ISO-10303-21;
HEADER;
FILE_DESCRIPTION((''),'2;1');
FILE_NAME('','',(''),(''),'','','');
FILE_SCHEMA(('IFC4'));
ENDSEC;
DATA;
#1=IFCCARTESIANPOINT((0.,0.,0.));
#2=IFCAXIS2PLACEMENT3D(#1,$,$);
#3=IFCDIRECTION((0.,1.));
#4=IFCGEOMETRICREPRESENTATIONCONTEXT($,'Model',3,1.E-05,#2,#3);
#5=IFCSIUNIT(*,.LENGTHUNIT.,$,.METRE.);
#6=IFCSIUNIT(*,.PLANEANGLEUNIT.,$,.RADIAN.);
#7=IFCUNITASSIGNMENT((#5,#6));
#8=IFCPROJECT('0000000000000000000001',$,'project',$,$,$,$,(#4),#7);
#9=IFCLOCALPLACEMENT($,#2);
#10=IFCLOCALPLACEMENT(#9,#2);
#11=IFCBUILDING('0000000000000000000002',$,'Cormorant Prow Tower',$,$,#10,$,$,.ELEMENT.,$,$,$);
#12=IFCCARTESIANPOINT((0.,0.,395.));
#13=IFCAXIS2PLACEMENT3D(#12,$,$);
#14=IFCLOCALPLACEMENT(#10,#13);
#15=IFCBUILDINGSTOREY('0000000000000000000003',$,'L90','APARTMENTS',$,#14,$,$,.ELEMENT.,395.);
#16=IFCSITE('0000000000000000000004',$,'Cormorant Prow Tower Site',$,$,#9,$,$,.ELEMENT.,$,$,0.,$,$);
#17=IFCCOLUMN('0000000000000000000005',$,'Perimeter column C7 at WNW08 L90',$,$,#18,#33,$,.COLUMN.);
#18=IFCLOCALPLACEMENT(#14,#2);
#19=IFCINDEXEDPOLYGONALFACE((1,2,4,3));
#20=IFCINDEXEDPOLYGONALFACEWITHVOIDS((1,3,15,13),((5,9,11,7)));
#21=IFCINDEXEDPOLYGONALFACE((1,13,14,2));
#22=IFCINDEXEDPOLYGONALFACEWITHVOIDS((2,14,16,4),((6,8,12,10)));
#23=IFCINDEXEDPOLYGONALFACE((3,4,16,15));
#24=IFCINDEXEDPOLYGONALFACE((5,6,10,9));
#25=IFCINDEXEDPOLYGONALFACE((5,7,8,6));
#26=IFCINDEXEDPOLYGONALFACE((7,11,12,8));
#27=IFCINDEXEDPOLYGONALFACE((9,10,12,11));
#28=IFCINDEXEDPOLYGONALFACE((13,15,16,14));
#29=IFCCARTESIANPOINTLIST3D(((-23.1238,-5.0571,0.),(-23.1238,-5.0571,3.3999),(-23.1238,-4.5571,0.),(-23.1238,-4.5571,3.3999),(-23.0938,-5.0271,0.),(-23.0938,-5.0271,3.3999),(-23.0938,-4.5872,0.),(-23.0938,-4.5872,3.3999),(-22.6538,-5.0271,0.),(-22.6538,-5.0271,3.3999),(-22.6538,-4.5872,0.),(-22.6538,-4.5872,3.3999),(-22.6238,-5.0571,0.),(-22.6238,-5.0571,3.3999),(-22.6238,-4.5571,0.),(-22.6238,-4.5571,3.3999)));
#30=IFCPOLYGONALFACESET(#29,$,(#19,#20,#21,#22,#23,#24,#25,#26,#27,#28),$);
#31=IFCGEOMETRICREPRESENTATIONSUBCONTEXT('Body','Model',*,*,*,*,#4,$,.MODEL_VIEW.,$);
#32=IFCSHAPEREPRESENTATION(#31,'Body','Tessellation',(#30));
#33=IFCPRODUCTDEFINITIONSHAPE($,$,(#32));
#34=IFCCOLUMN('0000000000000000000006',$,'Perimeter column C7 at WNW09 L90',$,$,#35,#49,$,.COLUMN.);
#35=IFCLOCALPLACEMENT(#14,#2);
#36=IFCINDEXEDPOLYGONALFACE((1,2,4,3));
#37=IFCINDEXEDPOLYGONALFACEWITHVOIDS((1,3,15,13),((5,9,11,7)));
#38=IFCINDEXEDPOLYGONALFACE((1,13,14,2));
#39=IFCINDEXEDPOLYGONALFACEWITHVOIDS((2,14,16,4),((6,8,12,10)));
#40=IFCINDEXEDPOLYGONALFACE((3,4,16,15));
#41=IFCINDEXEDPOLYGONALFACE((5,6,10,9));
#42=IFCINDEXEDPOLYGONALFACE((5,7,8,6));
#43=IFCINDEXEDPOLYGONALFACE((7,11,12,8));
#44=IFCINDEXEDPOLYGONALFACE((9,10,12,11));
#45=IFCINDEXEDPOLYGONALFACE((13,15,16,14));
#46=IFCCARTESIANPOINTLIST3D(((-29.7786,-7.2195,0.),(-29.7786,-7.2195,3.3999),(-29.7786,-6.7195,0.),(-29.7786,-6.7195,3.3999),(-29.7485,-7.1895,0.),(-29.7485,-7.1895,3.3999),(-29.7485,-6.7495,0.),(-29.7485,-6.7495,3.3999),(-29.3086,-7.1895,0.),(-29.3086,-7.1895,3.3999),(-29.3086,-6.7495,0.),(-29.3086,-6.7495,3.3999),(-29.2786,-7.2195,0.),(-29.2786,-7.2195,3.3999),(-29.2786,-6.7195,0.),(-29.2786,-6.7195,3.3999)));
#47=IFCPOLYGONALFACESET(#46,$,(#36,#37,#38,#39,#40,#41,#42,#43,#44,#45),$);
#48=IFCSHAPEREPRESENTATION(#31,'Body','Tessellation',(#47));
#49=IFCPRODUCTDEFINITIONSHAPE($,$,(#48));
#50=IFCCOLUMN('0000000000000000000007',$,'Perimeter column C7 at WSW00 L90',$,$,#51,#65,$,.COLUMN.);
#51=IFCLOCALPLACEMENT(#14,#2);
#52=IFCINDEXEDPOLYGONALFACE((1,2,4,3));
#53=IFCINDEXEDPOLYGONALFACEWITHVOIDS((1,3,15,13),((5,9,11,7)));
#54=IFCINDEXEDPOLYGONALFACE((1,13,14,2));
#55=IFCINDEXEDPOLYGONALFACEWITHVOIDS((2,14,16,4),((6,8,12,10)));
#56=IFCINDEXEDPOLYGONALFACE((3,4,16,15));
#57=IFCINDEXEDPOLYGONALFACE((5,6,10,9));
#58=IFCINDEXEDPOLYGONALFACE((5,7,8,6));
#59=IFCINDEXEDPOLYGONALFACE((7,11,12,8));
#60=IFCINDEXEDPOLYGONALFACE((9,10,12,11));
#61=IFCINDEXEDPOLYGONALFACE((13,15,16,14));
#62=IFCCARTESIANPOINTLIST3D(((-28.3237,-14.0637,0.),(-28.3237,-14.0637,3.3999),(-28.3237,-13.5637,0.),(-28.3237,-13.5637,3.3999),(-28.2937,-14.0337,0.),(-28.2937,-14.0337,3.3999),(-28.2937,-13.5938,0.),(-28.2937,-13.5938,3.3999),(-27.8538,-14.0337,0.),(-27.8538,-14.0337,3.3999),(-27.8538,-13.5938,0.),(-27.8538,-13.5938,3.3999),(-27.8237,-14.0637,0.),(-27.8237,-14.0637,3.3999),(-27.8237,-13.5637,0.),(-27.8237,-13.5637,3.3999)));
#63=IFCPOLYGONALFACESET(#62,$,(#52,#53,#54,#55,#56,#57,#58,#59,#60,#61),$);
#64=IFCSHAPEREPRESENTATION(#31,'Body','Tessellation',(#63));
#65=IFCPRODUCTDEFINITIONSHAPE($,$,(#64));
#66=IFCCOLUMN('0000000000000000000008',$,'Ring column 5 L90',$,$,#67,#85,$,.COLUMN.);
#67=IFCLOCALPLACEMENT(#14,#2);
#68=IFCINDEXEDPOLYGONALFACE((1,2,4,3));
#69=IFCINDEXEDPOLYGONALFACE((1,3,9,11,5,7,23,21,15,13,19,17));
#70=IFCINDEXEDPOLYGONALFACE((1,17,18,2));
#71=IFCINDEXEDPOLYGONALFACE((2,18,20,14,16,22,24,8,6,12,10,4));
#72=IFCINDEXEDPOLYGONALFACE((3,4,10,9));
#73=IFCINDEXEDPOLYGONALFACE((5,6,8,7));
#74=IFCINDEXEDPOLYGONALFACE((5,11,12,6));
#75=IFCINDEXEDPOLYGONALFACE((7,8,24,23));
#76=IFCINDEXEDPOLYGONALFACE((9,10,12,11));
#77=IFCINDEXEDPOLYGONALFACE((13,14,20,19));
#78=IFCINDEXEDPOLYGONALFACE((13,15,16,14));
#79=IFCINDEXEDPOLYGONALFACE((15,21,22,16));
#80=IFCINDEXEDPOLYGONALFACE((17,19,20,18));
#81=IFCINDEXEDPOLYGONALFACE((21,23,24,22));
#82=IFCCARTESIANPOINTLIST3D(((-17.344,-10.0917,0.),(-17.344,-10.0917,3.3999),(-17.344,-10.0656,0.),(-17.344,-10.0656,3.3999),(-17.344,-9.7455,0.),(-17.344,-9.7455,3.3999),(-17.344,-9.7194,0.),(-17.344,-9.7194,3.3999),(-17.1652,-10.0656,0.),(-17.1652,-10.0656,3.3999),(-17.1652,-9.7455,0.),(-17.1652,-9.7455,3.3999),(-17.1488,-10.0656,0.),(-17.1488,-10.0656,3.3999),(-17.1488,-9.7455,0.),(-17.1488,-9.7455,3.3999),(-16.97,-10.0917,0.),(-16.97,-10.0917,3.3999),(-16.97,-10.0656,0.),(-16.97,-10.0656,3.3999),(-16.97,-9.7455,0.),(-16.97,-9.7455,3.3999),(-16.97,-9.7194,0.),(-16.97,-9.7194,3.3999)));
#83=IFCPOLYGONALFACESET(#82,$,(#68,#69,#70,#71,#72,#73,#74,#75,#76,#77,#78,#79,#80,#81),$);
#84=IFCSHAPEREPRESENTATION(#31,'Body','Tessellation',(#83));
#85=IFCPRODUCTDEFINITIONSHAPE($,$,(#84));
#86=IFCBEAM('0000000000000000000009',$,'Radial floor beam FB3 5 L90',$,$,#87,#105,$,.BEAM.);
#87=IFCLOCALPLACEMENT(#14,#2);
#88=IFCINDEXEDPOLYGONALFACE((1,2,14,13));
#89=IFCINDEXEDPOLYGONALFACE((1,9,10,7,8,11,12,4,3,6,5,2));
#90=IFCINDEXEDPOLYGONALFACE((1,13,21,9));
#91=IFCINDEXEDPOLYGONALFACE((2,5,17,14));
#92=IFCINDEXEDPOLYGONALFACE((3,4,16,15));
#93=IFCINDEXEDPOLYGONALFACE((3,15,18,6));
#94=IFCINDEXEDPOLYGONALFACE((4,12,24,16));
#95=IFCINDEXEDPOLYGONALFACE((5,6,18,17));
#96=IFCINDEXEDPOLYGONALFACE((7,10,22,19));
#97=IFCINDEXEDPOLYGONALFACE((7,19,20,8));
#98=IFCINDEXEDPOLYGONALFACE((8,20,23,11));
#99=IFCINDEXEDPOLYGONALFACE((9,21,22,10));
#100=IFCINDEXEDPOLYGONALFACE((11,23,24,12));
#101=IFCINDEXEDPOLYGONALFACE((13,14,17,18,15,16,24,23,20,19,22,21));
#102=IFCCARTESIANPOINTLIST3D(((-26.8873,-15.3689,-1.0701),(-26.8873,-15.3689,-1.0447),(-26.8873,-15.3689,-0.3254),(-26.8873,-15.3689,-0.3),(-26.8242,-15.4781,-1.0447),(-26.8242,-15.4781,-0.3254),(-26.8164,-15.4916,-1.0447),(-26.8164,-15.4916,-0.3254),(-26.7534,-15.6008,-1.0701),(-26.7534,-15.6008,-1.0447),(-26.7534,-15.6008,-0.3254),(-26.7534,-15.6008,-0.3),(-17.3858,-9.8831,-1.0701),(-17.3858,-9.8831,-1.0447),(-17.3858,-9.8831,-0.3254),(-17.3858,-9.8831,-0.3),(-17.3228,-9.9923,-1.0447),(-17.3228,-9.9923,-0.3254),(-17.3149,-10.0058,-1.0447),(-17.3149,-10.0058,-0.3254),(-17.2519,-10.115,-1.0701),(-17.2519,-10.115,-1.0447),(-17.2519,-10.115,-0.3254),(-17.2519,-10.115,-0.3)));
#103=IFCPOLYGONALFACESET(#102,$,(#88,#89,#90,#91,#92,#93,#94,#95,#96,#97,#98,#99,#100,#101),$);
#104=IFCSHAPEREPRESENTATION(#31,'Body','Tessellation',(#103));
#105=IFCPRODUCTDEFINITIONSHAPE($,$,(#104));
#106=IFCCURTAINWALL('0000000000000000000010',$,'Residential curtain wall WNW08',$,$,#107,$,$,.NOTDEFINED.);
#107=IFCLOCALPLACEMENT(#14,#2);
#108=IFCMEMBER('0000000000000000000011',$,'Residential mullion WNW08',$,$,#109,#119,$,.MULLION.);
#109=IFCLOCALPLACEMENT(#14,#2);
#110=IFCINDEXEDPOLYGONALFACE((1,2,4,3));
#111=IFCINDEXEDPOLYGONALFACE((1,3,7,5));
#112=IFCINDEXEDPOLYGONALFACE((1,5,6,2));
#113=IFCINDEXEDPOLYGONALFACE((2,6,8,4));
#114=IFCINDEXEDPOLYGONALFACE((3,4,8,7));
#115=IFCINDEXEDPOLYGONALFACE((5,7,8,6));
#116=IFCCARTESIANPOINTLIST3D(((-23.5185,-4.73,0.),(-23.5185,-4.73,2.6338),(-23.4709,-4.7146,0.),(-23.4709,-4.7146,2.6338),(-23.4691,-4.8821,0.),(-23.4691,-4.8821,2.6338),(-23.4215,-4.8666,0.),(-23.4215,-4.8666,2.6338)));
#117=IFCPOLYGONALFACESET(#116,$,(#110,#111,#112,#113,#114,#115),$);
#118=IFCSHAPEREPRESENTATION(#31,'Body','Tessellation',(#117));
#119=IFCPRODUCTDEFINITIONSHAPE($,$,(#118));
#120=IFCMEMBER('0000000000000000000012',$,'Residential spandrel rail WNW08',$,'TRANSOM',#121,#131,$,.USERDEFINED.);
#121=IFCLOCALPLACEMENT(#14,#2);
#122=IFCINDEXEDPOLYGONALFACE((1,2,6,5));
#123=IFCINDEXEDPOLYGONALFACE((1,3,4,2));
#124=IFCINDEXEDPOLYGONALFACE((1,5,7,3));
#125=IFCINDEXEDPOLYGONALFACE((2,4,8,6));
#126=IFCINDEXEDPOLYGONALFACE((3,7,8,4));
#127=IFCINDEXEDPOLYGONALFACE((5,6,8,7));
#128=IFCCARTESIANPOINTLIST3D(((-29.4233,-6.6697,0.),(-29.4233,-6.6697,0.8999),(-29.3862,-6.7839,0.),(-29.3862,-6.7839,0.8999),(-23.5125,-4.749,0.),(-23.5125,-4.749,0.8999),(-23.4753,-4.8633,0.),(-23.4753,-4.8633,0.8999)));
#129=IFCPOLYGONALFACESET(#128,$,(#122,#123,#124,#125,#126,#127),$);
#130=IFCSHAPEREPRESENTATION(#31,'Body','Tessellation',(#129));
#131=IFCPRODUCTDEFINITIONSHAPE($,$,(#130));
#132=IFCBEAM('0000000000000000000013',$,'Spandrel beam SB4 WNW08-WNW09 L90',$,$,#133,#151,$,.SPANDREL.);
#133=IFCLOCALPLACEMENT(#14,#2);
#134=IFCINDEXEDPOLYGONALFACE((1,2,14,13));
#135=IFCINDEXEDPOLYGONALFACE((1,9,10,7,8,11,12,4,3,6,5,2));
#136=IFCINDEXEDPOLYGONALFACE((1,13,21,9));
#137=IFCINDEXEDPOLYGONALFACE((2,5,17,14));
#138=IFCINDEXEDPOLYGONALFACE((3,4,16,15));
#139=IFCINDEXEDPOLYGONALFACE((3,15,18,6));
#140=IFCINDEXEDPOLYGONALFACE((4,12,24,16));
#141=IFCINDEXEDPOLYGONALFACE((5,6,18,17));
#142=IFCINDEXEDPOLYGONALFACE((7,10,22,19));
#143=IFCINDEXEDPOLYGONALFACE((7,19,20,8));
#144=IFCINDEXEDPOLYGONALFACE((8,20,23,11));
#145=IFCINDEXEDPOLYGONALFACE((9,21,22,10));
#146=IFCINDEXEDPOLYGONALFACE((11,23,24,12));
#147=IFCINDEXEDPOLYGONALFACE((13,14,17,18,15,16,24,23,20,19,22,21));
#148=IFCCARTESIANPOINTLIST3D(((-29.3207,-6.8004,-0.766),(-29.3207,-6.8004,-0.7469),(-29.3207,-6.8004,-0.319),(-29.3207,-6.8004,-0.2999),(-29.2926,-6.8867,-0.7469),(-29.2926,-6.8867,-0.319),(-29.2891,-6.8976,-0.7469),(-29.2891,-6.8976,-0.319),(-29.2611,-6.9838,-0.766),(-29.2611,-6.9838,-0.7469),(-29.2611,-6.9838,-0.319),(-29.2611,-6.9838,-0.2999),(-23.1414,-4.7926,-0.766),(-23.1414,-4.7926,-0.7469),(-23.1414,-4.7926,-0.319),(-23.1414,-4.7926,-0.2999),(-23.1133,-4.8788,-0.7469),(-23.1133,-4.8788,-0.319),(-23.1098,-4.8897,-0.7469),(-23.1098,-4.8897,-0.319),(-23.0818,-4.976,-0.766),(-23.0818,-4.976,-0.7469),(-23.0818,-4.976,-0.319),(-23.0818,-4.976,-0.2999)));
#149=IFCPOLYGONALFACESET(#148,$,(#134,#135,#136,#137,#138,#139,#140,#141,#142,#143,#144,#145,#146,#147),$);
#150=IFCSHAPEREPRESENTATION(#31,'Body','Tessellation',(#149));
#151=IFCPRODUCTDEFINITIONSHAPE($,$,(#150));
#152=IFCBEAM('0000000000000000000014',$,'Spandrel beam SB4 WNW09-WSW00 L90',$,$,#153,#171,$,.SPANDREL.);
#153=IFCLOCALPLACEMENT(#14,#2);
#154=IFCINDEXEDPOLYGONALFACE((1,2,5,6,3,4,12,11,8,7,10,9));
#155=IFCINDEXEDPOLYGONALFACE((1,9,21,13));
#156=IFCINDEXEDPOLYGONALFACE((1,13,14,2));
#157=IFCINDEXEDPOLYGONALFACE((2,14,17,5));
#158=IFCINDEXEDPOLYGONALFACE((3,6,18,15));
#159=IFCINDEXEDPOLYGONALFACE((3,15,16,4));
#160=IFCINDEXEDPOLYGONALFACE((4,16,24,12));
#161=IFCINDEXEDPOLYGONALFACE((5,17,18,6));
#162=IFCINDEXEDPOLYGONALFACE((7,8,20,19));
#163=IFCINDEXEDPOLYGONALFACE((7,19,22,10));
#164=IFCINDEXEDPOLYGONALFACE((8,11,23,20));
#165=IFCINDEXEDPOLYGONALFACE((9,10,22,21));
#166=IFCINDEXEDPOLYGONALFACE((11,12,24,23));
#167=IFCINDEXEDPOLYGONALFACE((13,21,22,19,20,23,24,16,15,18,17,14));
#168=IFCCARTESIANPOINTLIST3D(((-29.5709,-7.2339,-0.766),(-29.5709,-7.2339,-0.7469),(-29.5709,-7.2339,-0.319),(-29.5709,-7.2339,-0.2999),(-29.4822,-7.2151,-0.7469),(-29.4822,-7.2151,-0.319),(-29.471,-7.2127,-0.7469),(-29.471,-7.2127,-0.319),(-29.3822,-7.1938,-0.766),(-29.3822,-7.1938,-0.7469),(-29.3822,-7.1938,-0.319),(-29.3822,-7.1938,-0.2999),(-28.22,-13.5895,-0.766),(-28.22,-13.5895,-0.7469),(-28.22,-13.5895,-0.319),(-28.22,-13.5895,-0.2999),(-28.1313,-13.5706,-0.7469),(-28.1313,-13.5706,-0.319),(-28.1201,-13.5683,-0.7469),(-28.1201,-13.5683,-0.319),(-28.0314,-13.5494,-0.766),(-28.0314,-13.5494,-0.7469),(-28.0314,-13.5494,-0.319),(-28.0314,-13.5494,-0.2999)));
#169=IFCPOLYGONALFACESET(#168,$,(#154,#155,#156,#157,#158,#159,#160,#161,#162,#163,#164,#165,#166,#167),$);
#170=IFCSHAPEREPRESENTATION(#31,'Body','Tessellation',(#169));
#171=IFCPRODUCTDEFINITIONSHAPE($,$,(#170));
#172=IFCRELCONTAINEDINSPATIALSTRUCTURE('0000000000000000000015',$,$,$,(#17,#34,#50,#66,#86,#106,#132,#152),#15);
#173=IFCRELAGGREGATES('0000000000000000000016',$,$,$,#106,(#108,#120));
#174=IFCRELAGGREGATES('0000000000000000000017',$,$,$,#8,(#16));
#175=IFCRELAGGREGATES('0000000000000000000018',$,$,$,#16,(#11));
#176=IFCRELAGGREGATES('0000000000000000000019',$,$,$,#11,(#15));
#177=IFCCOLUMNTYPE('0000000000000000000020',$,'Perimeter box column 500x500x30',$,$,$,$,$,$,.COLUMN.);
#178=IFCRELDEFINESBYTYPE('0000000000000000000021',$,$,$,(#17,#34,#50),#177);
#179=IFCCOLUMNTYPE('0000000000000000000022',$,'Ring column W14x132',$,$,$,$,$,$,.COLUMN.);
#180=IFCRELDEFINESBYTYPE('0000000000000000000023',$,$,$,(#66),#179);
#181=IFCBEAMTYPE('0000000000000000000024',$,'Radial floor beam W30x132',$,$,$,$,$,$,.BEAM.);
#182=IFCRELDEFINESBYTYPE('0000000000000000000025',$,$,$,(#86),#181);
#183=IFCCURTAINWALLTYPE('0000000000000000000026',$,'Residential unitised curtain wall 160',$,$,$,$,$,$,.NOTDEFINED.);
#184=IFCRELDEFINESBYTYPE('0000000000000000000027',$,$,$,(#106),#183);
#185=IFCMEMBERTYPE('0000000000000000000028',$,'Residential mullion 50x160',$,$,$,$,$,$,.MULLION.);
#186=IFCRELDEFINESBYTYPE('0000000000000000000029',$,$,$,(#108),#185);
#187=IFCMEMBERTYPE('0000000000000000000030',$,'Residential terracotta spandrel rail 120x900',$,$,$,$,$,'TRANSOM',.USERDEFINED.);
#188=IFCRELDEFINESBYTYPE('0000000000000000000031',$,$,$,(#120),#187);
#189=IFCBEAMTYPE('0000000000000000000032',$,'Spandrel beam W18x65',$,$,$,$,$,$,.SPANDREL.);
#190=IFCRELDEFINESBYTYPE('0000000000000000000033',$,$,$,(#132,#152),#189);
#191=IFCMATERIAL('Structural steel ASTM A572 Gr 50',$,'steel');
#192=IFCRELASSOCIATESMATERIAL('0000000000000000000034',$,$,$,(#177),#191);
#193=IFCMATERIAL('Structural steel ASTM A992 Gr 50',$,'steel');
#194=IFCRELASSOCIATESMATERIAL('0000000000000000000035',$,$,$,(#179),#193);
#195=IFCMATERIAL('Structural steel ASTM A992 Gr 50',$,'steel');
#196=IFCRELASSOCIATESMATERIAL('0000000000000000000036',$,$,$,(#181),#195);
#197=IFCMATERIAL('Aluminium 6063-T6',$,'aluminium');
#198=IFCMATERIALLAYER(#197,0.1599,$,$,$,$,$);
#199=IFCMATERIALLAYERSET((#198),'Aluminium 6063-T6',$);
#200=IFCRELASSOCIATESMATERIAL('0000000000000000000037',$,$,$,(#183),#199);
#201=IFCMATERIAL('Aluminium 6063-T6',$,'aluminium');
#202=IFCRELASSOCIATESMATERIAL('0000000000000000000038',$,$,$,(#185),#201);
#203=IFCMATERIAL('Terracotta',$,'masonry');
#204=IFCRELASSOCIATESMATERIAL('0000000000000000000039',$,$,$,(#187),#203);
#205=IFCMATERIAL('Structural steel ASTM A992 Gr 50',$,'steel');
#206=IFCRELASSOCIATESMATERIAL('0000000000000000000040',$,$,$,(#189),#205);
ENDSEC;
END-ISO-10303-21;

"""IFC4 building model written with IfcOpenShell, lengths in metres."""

from ifc_helpers import new_model, si_unit, direction, frame, origin, origin_2d, place, context, subcontext, project, spatial, rectangle, hollow_rectangle, i_section, extrude, material, layer, layer_set, material_profile, profile_set, type_object, element, aggregate, save


model = new_model("IFC4")

# Units and contexts
model_context = context("Model", 3, precision=1e-05, world=origin(), true_north=direction((0.0, 1.0)))
body_context = subcontext(model_context, "Body", "Model", "MODEL_VIEW")
ifc_project = project(units=[si_unit("LENGTHUNIT", "METRE"), si_unit("PLANEANGLEUNIT", "RADIAN")], contexts=[model_context])

# Site, building, storey
site_placement = place(None, origin())
site = spatial("IfcSite", under=ifc_project, at=site_placement, Name="Cormorant Prow Tower Site", CompositionType="ELEMENT", RefElevation=0.0)
building_placement = place(site_placement, origin())
building = spatial("IfcBuilding", under=site, at=building_placement, Name="Cormorant Prow Tower", CompositionType="ELEMENT")
storey_placement = place(building_placement, frame((0.0, 0.0, 395.0)))
storey = spatial("IfcBuildingStorey", under=building, at=storey_placement, Name="L90", Description="APARTMENTS", CompositionType="ELEMENT", Elevation=395.0)

# Columns
ifc_material_1 = material(Name="Structural steel ASTM A572 Gr 50", Category="steel")
ifc_material_profile_1 = material_profile(ifc_material_1, hollow_rectangle(XDim=0.5, YDim=0.5, WallThickness=0.03, at=origin_2d()), Name="Box 500x500x30")
ifc_profile_set_1 = profile_set([ifc_material_profile_1], Name="Structural steel ASTM A572 Gr 50")
column_type_1 = type_object("IfcColumnType", Name="Perimeter box column 500x500x30", PredefinedType="COLUMN", material=ifc_profile_set_1)
for number, where, z_axis, x_axis, name in (
    (1, (-22.8738, -4.8071, 0.0), (0.0, 0.0, 1.0), (1.0, 0.0, 0.0), "Perimeter column C7 at WNW08 L90"),
    (2, (-29.5286, -6.9695, 0.0), (0.0, 0.0, 1.0), (1.0, 0.0, 0.0), "Perimeter column C7 at WNW09 L90"),
    (3, (-28.0737, -13.8137, 0.0), (0.0, 0.0, 1.0), (1.0, 0.0, 0.0), "Perimeter column C7 at WSW00 L90"),
):
    element("IfcColumn", number, at=place(storey_placement, frame(where, z_axis=z_axis, x_axis=x_axis)), inside=storey, type_object=column_type_1, Name=name, PredefinedType="COLUMN", context=body_context, shape_type="SweptSolid", body=[
        extrude(hollow_rectangle(XDim=0.5, YDim=0.5, WallThickness=0.03, at=origin_2d()), origin(), (0.0, 0.0, 1.0), 3.3999),
    ])
ifc_material_2 = material(Name="Structural steel ASTM A992 Gr 50", Category="steel")
ifc_material_profile_2 = material_profile(ifc_material_2, i_section(OverallWidth=0.374, OverallDepth=0.3723, WebThickness=0.0164, FlangeThickness=0.0261, at=origin_2d()), Name="W14x132")
ifc_profile_set_2 = profile_set([ifc_material_profile_2], Name="Structural steel ASTM A992 Gr 50")
column_type_2 = type_object("IfcColumnType", Name="Ring column W14x132", PredefinedType="COLUMN", material=ifc_profile_set_2)
column_placement = place(storey_placement, frame((-17.157, -9.9055, 0.0), z_axis=(0.0, 0.0, 1.0), x_axis=(1.0, 0.0, 0.0)))
element("IfcColumn", 4, at=column_placement, inside=storey, type_object=column_type_2, Name="Ring column 5 L90", PredefinedType="COLUMN", context=body_context, shape_type="SweptSolid", body=[
    extrude(i_section(OverallWidth=0.374, OverallDepth=0.3723, WebThickness=0.0164, FlangeThickness=0.0261, at=origin_2d()), origin(), (0.0, 0.0, 1.0), 3.3999),
])

# Beam
ifc_material_3 = material(Name="Structural steel ASTM A992 Gr 50", Category="steel")
ifc_material_profile_3 = material_profile(ifc_material_3, i_section(OverallWidth=0.2678, OverallDepth=0.77, WebThickness=0.0156, FlangeThickness=0.0254, at=origin_2d()), Name="W30x132")
ifc_profile_set_3 = profile_set([ifc_material_profile_3], Name="Structural steel ASTM A992 Gr 50")
beam_type_1 = type_object("IfcBeamType", Name="Radial floor beam W30x132", PredefinedType="BEAM", material=ifc_profile_set_3)
beam_1_placement = place(storey_placement, frame((-17.3188, -9.999, -0.6851), z_axis=(-0.866019, -0.500011, 0.0), x_axis=(0.500011, -0.866019, 0.0)))
element("IfcBeam", 5, at=beam_1_placement, inside=storey, type_object=beam_type_1, Name="Radial floor beam FB3 5 L90", PredefinedType="BEAM", context=body_context, shape_type="SweptSolid", body=[
    extrude(i_section(OverallWidth=0.2678, OverallDepth=0.77, WebThickness=0.0156, FlangeThickness=0.0254, at=origin_2d()), origin(), (0.0, 0.0, 1.0), 10.9714),
])

# Curtain wall, members
ifc_material_4 = material(Name="Aluminium 6063-T6", Category="aluminium")
ifc_layer_1 = layer(ifc_material_4, 0.1599)
ifc_layer_set_1 = layer_set([ifc_layer_1], Name="Aluminium 6063-T6")
curtain_wall_type = type_object("IfcCurtainWallType", Name="Residential unitised curtain wall 160", PredefinedType="NOTDEFINED", material=ifc_layer_set_1)
curtain_wall_placement = place(storey_placement, origin())
curtain_wall = element("IfcCurtainWall", 6, at=curtain_wall_placement, inside=storey, type_object=curtain_wall_type, Name="Residential curtain wall WNW08", PredefinedType="NOTDEFINED")
ifc_material_5 = material(Name="Aluminium 6063-T6", Category="aluminium")
ifc_material_profile_4 = material_profile(ifc_material_5, rectangle(XDim=0.1599, YDim=0.05, at=origin_2d()), Name="Residential mullion 50x160")
ifc_profile_set_4 = profile_set([ifc_material_profile_4], Name="Aluminium 6063-T6")
member_type_1 = type_object("IfcMemberType", Name="Residential mullion 50x160", PredefinedType="MULLION", material=ifc_profile_set_4)
member_1_placement = place(storey_placement, frame((-23.47, -4.7983, 0.0), z_axis=(0.0, 0.0, 1.0), x_axis=(0.309017, -0.951056, 0.0)))
member_1 = element("IfcMember", 7, at=member_1_placement, type_object=member_type_1, Name="Residential mullion WNW08", PredefinedType="MULLION", context=body_context, shape_type="SweptSolid", body=[
    extrude(rectangle(XDim=0.1599, YDim=0.05, at=origin_2d()), origin(), (0.0, 0.0, 1.0), 2.6338),
])
ifc_material_6 = material(Name="Terracotta", Category="masonry")
ifc_material_profile_5 = material_profile(ifc_material_6, rectangle(XDim=0.1201, YDim=0.8999, at=origin_2d()), Name="Residential terracotta spandrel rail 120x900")
ifc_profile_set_5 = profile_set([ifc_material_profile_5], Name="Terracotta")
member_type_2 = type_object("IfcMemberType", Name="Residential terracotta spandrel rail 120x900", ElementType="TRANSOM", PredefinedType="USERDEFINED", material=ifc_profile_set_5)
member_2_placement = place(storey_placement, frame((-23.4939, -4.8062, 0.45), z_axis=(-0.951052, -0.30903, 0.0), x_axis=(0.30903, -0.951052, 0.0)))
member_2 = element("IfcMember", 8, at=member_2_placement, type_object=member_type_2, Name="Residential spandrel rail WNW08", ObjectType="TRANSOM", PredefinedType="USERDEFINED", context=body_context, shape_type="SweptSolid", body=[
    extrude(rectangle(XDim=0.1201, YDim=0.8999, at=origin_2d()), origin(), (0.0, 0.0, 1.0), 6.2151),
])

# Beams
ifc_material_7 = material(Name="Structural steel ASTM A992 Gr 50", Category="steel")
ifc_material_profile_6 = material_profile(ifc_material_7, i_section(OverallWidth=0.1929, OverallDepth=0.4661, WebThickness=0.0115, FlangeThickness=0.019, at=origin_2d()), Name="W18x65")
ifc_profile_set_6 = profile_set([ifc_material_profile_6], Name="Structural steel ASTM A992 Gr 50")
beam_type_2 = type_object("IfcBeamType", Name="Spandrel beam W18x65", PredefinedType="SPANDREL", material=ifc_profile_set_6)
beam_2_placement = place(storey_placement, frame((-23.1116, -4.8843, -0.533), z_axis=(-0.951053, -0.309027, 0.0), x_axis=(0.309027, -0.951053, 0.0)))
element("IfcBeam", 9, at=beam_2_placement, inside=storey, type_object=beam_type_2, Name="Spandrel beam SB4 WNW08-WNW09 L90", PredefinedType="SPANDREL", context=body_context, shape_type="SweptSolid", body=[
    extrude(i_section(OverallWidth=0.1929, OverallDepth=0.4661, WebThickness=0.0115, FlangeThickness=0.019, at=origin_2d()), origin(), (0.0, 0.0, 1.0), 6.4973),
])
beam_3_placement = place(storey_placement, frame((-29.4766, -7.2139, -0.533), z_axis=(0.207902, -0.97815, 0.0), x_axis=(0.97815, 0.207902, 0.0)))
element("IfcBeam", 10, at=beam_3_placement, inside=storey, type_object=beam_type_2, Name="Spandrel beam SB4 WNW09-WSW00 L90", PredefinedType="SPANDREL", context=body_context, shape_type="SweptSolid", body=[
    extrude(i_section(OverallWidth=0.1929, OverallDepth=0.4661, WebThickness=0.0115, FlangeThickness=0.019, at=origin_2d()), origin(), (0.0, 0.0, 1.0), 6.4976),
])

aggregate(curtain_wall, [member_1, member_2])

save(model, "model.ifc")
